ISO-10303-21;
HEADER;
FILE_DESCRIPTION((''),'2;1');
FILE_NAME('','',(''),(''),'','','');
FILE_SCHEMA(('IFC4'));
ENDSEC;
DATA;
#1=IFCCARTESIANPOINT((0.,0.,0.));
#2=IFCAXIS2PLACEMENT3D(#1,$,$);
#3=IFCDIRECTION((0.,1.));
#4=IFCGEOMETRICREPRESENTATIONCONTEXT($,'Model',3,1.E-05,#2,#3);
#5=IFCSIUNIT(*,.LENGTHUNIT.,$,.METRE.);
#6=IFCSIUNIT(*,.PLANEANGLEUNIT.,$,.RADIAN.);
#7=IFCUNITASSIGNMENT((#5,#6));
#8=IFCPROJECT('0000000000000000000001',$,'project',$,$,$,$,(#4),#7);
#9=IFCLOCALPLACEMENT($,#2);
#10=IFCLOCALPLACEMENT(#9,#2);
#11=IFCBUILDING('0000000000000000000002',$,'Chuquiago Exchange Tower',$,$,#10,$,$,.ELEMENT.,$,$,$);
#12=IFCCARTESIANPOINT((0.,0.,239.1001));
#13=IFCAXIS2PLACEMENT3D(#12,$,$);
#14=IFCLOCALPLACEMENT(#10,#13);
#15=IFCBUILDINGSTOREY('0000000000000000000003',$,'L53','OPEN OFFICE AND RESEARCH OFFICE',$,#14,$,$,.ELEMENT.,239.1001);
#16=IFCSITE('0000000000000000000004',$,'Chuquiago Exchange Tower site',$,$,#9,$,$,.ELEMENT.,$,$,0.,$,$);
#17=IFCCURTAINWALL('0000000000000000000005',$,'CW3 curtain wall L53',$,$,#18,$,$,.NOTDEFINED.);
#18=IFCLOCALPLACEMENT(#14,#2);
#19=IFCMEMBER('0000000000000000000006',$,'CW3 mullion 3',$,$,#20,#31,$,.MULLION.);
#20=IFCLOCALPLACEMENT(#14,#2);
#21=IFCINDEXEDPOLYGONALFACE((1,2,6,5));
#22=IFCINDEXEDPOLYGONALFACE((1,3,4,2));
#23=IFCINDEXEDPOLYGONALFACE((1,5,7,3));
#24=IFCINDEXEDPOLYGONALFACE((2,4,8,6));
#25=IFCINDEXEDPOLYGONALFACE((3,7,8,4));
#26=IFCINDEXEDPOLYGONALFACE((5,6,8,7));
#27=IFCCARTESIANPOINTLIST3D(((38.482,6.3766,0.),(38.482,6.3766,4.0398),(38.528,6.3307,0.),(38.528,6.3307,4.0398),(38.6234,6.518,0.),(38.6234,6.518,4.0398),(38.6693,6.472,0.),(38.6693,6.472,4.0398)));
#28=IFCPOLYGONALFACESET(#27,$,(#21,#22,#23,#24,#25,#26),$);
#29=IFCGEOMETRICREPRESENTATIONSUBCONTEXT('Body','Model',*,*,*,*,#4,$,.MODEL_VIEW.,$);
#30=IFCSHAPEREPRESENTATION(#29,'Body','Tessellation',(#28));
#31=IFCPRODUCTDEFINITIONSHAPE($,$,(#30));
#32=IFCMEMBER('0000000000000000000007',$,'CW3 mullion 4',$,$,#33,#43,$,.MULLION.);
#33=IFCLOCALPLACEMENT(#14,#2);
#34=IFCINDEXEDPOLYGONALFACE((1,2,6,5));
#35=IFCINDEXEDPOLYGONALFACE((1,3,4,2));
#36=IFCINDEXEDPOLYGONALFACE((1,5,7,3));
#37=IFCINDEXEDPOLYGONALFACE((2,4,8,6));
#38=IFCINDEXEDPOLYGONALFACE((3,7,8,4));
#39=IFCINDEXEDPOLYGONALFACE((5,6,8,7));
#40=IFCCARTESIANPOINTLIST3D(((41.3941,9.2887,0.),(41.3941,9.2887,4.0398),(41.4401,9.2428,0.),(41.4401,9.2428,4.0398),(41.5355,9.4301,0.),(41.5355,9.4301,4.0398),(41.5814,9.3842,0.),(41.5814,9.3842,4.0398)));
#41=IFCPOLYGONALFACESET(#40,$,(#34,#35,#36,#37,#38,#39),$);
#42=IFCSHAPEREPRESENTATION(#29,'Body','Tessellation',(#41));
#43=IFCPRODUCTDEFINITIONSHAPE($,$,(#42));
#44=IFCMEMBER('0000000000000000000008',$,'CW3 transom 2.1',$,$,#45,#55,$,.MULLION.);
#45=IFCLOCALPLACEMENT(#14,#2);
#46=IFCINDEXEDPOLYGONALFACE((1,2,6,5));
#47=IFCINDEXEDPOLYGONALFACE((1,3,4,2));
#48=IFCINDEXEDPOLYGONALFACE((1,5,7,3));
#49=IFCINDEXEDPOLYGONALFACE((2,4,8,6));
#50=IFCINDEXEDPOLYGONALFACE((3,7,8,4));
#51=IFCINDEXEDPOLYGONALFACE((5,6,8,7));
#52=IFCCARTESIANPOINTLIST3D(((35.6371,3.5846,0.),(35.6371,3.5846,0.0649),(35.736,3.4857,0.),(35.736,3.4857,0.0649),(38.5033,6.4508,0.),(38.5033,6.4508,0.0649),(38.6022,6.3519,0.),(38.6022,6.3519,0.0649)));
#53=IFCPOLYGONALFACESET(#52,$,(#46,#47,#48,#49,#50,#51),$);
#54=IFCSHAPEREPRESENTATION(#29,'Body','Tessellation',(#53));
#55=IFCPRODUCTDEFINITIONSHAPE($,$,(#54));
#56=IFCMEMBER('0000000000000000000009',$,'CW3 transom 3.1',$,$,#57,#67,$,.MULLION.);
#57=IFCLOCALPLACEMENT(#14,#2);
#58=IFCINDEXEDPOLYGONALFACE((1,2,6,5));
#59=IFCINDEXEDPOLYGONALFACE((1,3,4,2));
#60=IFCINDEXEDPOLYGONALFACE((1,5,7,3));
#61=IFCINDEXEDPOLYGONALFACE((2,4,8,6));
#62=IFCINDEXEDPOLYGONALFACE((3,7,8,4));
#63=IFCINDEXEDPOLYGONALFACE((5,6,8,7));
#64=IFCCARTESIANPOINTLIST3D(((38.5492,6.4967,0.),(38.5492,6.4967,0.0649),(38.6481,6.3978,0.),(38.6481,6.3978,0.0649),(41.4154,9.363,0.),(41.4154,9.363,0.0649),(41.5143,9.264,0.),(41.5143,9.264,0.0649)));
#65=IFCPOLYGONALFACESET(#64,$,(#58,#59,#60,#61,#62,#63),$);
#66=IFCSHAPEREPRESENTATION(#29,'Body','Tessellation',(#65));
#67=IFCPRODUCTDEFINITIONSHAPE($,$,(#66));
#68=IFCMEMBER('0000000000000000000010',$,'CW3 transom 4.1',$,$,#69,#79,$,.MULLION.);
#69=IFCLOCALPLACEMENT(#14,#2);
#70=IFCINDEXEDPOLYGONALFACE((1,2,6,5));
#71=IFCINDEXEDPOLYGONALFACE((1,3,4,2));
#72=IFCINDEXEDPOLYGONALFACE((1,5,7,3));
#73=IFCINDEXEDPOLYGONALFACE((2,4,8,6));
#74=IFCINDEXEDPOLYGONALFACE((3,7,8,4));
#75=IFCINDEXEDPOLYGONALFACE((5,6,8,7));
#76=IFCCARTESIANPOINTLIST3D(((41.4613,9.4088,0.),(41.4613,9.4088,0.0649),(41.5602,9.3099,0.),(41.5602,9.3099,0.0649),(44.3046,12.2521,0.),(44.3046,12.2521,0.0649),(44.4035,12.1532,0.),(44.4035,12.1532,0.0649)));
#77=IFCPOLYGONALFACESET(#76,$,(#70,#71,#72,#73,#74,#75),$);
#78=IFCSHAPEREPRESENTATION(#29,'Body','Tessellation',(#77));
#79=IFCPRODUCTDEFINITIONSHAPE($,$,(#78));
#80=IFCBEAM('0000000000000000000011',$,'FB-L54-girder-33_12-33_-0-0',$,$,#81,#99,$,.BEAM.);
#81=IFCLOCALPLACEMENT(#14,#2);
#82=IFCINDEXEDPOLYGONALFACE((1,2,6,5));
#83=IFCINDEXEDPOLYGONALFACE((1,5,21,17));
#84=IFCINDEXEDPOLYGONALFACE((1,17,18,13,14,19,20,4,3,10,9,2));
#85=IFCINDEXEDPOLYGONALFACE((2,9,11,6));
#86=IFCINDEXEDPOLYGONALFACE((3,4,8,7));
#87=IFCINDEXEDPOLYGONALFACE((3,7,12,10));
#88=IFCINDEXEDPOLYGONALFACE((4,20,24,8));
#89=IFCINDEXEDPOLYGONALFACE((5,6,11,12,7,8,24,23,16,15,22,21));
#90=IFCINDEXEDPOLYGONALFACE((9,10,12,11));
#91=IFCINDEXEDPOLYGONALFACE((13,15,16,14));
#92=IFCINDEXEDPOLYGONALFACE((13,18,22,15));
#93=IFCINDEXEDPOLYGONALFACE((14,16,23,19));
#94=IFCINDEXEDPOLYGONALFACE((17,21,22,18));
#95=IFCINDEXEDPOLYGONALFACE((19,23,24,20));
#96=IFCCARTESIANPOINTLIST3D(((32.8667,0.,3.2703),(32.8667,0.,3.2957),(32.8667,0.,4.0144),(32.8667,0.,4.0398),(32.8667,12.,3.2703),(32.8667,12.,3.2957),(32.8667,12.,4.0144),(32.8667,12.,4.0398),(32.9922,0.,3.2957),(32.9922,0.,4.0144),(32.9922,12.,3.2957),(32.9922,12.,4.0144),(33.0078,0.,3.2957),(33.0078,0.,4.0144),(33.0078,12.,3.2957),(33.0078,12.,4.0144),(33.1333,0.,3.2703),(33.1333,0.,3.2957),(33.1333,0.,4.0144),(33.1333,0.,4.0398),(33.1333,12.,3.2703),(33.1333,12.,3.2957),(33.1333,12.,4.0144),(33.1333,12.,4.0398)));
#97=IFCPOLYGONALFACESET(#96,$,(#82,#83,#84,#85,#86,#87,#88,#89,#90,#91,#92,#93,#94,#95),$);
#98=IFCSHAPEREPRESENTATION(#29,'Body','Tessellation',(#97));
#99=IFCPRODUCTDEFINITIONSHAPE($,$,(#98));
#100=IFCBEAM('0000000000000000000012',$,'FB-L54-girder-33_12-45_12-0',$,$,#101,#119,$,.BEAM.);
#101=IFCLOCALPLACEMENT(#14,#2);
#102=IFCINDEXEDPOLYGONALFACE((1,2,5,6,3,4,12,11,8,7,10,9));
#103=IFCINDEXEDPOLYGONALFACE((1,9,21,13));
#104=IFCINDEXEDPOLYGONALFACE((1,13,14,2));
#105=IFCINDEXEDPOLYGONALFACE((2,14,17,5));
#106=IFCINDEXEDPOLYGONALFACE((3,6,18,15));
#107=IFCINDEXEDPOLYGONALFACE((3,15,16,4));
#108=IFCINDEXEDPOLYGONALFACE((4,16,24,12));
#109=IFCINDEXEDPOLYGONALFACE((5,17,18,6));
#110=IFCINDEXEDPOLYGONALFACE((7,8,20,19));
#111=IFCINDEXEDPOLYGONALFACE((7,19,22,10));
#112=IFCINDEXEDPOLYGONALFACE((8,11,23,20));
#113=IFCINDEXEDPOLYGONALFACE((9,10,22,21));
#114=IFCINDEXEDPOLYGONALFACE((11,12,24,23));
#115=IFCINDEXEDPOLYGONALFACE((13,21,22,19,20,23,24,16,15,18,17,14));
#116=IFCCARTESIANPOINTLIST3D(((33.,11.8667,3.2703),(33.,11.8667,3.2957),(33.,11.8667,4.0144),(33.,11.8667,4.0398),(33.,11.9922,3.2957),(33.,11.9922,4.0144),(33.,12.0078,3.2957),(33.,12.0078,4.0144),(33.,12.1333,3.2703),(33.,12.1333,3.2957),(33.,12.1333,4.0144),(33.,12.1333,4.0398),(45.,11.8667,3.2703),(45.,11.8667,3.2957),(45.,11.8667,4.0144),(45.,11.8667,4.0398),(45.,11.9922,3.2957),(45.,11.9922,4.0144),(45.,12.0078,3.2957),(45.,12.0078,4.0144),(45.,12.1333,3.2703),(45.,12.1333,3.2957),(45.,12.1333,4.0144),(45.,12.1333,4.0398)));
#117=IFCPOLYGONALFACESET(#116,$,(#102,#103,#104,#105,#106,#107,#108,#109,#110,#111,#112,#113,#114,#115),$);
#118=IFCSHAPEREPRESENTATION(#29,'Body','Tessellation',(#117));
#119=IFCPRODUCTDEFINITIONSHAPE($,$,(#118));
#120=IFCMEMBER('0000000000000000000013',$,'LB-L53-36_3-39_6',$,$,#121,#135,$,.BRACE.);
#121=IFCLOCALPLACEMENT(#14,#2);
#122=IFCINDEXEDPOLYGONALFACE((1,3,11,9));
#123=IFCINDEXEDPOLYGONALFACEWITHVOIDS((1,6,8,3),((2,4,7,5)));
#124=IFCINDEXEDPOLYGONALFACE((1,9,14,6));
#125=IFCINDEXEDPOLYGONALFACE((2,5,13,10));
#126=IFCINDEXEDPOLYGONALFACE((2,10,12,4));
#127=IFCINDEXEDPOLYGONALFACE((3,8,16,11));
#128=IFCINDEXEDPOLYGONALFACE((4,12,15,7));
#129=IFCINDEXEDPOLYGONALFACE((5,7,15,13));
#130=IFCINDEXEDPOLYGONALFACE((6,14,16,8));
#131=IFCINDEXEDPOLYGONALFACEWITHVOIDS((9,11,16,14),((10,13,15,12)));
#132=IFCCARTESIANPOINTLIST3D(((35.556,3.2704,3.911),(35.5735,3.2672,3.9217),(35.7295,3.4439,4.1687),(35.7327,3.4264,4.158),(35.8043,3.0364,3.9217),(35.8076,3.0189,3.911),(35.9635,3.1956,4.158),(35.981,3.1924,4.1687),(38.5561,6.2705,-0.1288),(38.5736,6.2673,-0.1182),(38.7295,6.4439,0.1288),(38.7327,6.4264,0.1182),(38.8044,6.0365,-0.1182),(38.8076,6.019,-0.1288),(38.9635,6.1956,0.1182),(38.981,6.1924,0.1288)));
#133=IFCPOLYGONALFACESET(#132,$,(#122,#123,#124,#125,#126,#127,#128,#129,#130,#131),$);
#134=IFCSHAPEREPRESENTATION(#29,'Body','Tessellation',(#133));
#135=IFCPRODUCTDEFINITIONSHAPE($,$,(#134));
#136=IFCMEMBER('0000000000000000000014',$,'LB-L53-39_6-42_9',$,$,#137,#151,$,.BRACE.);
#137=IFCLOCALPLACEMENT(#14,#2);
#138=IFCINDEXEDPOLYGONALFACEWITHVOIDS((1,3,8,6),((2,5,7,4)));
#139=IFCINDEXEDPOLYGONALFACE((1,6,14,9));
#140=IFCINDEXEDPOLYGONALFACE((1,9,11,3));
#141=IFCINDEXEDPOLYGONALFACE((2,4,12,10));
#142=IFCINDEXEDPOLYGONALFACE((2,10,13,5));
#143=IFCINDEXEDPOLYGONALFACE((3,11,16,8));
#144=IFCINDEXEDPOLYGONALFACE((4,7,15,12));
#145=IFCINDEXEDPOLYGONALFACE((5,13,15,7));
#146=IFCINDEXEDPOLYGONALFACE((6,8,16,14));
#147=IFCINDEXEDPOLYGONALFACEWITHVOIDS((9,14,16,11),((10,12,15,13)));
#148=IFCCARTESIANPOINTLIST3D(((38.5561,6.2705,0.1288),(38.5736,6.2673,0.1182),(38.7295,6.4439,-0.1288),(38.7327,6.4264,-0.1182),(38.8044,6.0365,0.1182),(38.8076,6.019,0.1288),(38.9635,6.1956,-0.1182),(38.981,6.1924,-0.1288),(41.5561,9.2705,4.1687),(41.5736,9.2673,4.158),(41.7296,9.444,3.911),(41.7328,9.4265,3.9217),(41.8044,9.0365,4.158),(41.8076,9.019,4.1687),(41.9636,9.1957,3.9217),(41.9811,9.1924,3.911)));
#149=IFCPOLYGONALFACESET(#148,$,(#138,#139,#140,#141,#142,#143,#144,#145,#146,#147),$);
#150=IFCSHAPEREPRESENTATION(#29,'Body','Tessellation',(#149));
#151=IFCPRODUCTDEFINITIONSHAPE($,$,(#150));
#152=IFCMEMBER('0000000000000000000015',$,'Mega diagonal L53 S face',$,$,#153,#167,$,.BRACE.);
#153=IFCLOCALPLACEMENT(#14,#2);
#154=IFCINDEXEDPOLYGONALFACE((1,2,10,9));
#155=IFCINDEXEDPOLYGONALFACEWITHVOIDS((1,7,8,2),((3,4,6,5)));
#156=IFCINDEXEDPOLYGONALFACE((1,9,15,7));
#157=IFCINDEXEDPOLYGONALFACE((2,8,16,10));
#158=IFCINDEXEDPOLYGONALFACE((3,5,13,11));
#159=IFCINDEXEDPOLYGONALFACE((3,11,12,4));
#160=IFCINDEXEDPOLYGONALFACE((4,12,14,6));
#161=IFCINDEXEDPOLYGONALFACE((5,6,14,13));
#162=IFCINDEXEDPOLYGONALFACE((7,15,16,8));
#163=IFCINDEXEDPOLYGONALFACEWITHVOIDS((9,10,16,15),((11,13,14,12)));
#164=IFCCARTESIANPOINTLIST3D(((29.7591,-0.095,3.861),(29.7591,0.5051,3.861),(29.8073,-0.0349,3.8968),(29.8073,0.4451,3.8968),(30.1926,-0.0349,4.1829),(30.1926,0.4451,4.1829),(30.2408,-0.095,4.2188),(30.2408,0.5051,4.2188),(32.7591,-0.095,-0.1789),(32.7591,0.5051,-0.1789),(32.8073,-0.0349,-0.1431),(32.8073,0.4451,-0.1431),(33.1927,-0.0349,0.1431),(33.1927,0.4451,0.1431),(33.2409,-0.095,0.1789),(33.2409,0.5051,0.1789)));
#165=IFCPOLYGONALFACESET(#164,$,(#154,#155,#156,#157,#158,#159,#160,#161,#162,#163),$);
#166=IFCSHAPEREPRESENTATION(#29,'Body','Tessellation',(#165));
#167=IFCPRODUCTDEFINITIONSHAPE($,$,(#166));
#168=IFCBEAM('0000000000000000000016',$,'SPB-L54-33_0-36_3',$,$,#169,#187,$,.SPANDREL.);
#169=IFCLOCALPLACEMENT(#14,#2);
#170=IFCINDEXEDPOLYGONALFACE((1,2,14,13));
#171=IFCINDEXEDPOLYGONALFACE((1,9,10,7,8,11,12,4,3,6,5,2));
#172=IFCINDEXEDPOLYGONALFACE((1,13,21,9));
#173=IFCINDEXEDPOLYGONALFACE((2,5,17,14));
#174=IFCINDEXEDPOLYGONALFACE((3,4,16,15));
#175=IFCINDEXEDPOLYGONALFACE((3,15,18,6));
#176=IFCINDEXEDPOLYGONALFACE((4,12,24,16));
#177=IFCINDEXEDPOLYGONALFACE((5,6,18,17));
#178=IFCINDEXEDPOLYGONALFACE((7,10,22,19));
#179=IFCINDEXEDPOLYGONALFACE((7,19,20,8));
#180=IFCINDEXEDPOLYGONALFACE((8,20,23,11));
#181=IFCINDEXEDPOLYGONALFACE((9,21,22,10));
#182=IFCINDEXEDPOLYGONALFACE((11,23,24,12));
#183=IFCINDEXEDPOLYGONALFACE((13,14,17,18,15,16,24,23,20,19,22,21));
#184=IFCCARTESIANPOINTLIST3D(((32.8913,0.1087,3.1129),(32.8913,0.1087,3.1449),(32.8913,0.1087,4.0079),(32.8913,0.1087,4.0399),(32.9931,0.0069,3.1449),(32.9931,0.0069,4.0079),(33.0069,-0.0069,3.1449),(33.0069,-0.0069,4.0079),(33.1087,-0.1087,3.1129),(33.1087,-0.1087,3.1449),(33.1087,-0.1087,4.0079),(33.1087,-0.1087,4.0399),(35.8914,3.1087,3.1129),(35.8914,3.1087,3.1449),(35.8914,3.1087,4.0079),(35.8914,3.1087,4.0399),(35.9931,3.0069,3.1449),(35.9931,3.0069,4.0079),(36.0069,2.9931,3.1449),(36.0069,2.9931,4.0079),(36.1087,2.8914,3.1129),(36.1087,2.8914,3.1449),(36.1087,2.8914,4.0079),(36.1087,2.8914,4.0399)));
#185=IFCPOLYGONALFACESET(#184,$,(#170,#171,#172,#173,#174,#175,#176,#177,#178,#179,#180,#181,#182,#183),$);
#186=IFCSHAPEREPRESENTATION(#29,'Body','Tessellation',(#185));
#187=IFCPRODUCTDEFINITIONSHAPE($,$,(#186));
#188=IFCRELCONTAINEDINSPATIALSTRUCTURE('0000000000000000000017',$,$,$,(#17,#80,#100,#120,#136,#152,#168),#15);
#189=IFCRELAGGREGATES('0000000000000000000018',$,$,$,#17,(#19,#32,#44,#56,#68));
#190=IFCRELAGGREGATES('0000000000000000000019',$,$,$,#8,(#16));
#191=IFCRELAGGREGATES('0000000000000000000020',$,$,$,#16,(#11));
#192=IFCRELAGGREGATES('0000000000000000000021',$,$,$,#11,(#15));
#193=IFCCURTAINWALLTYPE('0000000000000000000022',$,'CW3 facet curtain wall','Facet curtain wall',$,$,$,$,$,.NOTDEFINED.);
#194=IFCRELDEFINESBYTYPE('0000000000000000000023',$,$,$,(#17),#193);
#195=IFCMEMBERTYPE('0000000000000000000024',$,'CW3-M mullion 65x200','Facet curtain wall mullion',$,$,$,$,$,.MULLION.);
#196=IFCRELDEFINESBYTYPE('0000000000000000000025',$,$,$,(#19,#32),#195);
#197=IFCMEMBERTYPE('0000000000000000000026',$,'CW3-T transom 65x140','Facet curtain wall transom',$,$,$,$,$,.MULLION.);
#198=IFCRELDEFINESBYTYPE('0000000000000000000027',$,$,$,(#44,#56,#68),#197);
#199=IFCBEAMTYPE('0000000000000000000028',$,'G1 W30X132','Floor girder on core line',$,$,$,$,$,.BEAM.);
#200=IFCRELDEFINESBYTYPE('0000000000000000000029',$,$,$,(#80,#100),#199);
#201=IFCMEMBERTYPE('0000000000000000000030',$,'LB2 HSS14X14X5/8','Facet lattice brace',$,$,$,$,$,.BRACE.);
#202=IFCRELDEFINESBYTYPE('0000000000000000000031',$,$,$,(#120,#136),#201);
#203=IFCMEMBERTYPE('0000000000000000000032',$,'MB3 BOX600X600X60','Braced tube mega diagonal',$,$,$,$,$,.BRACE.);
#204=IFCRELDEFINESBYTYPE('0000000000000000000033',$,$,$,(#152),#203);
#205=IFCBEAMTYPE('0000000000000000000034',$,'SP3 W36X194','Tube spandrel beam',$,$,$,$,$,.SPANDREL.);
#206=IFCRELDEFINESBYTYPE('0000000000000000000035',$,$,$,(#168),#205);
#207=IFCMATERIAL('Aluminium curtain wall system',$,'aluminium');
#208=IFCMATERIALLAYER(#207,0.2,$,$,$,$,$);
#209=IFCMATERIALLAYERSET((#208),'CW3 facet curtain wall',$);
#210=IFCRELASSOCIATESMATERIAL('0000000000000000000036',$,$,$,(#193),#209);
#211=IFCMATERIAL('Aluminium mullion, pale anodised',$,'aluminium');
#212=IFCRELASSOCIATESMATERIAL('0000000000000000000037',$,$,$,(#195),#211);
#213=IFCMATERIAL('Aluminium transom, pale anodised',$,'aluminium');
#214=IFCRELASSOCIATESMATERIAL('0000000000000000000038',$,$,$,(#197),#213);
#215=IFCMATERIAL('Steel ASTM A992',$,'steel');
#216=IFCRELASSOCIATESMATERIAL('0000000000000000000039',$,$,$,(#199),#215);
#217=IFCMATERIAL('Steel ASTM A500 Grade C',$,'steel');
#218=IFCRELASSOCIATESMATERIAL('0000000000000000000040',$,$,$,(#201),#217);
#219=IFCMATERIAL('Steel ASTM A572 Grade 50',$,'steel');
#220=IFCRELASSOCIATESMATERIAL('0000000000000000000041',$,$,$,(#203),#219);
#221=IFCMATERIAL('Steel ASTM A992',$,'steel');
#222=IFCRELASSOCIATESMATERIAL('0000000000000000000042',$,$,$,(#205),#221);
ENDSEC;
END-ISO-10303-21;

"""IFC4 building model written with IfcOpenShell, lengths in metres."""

from ifc_helpers import new_model, si_unit, direction, frame, origin, origin_2d, place, context, subcontext, project, spatial, rectangle, hollow_rectangle, i_section, extrude, material, layer, layer_set, material_profile, profile_set, type_object, element, aggregate, save


model = new_model("IFC4")

# Units and contexts
model_context = context("Model", 3, precision=1e-05, world=origin(), true_north=direction((0.0, 1.0)))
body_context = subcontext(model_context, "Body", "Model", "MODEL_VIEW")
ifc_project = project(units=[si_unit("LENGTHUNIT", "METRE"), si_unit("PLANEANGLEUNIT", "RADIAN")], contexts=[model_context])

# Site, building, storey
site_placement = place(None, origin())
site = spatial("IfcSite", under=ifc_project, at=site_placement, Name="Chuquiago Exchange Tower site", CompositionType="ELEMENT", RefElevation=0.0)
building_placement = place(site_placement, origin())
building = spatial("IfcBuilding", under=site, at=building_placement, Name="Chuquiago Exchange Tower", CompositionType="ELEMENT")
storey_placement = place(building_placement, frame((0.0, 0.0, 239.1001)))
storey = spatial("IfcBuildingStorey", under=building, at=storey_placement, Name="L53", Description="OPEN OFFICE AND RESEARCH OFFICE", CompositionType="ELEMENT", Elevation=239.1001)

# Curtain wall, members
ifc_material_1 = material(Name="Aluminium curtain wall system", Category="aluminium")
ifc_layer_1 = layer(ifc_material_1, 0.2)
ifc_layer_set_1 = layer_set([ifc_layer_1], Name="CW3 facet curtain wall")
curtain_wall_type = type_object("IfcCurtainWallType", Name="CW3 facet curtain wall", Description="Facet curtain wall", PredefinedType="NOTDEFINED", material=ifc_layer_set_1)
curtain_wall_placement = place(storey_placement, origin())
curtain_wall = element("IfcCurtainWall", 1, at=curtain_wall_placement, inside=storey, type_object=curtain_wall_type, Name="CW3 curtain wall L53", PredefinedType="NOTDEFINED")
ifc_material_2 = material(Name="Aluminium mullion, pale anodised", Category="aluminium")
ifc_material_profile_1 = material_profile(ifc_material_2, rectangle(XDim=0.0649, YDim=0.2, at=origin_2d()), Name="AL 65x200")
ifc_profile_set_1 = profile_set([ifc_material_profile_1], Name="Aluminium mullion, pale anodised")
member_type_1 = type_object("IfcMemberType", Name="CW3-M mullion 65x200", Description="Facet curtain wall mullion", PredefinedType="MULLION", material=ifc_profile_set_1)
member_1_placement = place(storey_placement, frame((38.5757, 6.4243, 0.0), z_axis=(0.0, 0.0, 1.0), x_axis=(-0.707107, 0.707107, 0.0)))
member_1 = element("IfcMember", 2, at=member_1_placement, type_object=member_type_1, Name="CW3 mullion 3", PredefinedType="MULLION", context=body_context, shape_type="SweptSolid", body=[
    extrude(rectangle(XDim=0.0649, YDim=0.2, at=origin_2d()), origin(), (0.0, 0.0, 1.0), 4.0398),
])
member_2_placement = place(storey_placement, frame((41.4878, 9.3364, 0.0), z_axis=(0.0, 0.0, 1.0), x_axis=(-0.707107, 0.707107, 0.0)))
member_2 = element("IfcMember", 3, at=member_2_placement, type_object=member_type_1, Name="CW3 mullion 4", PredefinedType="MULLION", context=body_context, shape_type="SweptSolid", body=[
    extrude(rectangle(XDim=0.0649, YDim=0.2, at=origin_2d()), origin(), (0.0, 0.0, 1.0), 4.0398),
])
ifc_material_3 = material(Name="Aluminium transom, pale anodised", Category="aluminium")
ifc_material_profile_2 = material_profile(ifc_material_3, rectangle(XDim=0.1399, YDim=0.0649, at=origin_2d()), Name="AL 140x65")
ifc_profile_set_2 = profile_set([ifc_material_profile_2], Name="Aluminium transom, pale anodised")
member_type_2 = type_object("IfcMemberType", Name="CW3-T transom 65x140", Description="Facet curtain wall transom", PredefinedType="MULLION", material=ifc_profile_set_2)
member_3_placement = place(storey_placement, frame((35.6865, 3.5352, 0.0325), z_axis=(0.707107, 0.707107, 0.0), x_axis=(-0.707107, 0.707107, 0.0)))
member_3 = element("IfcMember", 4, at=member_3_placement, type_object=member_type_2, Name="CW3 transom 2.1", PredefinedType="MULLION", context=body_context, shape_type="SweptSolid", body=[
    extrude(rectangle(XDim=0.1399, YDim=0.0649, at=origin_2d()), origin(), (0.0, 0.0, 1.0), 4.0535),
])
member_4_placement = place(storey_placement, frame((38.5986, 6.4473, 0.0325), z_axis=(0.707107, 0.707107, 0.0), x_axis=(-0.707107, 0.707107, 0.0)))
member_4 = element("IfcMember", 5, at=member_4_placement, type_object=member_type_2, Name="CW3 transom 3.1", PredefinedType="MULLION", context=body_context, shape_type="SweptSolid", body=[
    extrude(rectangle(XDim=0.1399, YDim=0.0649, at=origin_2d()), origin(), (0.0, 0.0, 1.0), 4.0535),
])
member_5_placement = place(storey_placement, frame((41.5107, 9.3594, 0.0325), z_axis=(0.707107, 0.707107, 0.0), x_axis=(-0.707107, 0.707107, 0.0)))
member_5 = element("IfcMember", 6, at=member_5_placement, type_object=member_type_2, Name="CW3 transom 4.1", PredefinedType="MULLION", context=body_context, shape_type="SweptSolid", body=[
    extrude(rectangle(XDim=0.1399, YDim=0.0649, at=origin_2d()), origin(), (0.0, 0.0, 1.0), 4.021),
])

# Beams
ifc_material_4 = material(Name="Steel ASTM A992", Category="steel")
ifc_material_profile_3 = material_profile(ifc_material_4, i_section(OverallWidth=0.2666, OverallDepth=0.7695, WebThickness=0.0156, FlangeThickness=0.0254, at=origin_2d()), Name="W30X132")
ifc_profile_set_3 = profile_set([ifc_material_profile_3], Name="Steel ASTM A992")
beam_type_1 = type_object("IfcBeamType", Name="G1 W30X132", Description="Floor girder on core line", PredefinedType="BEAM", material=ifc_profile_set_3)
for number, where, z_axis, x_axis, name in (
    (7, (33.0, 12.0, 3.655), (0.0, -1.0, 0.0), (1.0, 0.0, 0.0), "FB-L54-girder-33_12-33_-0-0"),
    (8, (33.0, 12.0, 3.655), (1.0, 0.0, 0.0), (0.0, 1.0, 0.0), "FB-L54-girder-33_12-45_12-0"),
):
    element("IfcBeam", number, at=place(storey_placement, frame(where, z_axis=z_axis, x_axis=x_axis)), inside=storey, type_object=beam_type_1, Name=name, PredefinedType="BEAM", context=body_context, shape_type="SweptSolid", body=[
        extrude(i_section(OverallWidth=0.2666, OverallDepth=0.7695, WebThickness=0.0156, FlangeThickness=0.0254, at=origin_2d()), origin(), (0.0, 0.0, 1.0), 12.0),
    ])

# Members
ifc_material_5 = material(Name="Steel ASTM A500 Grade C", Category="steel")
ifc_material_profile_4 = material_profile(ifc_material_5, hollow_rectangle(XDim=0.3557, YDim=0.3557, WallThickness=0.0146, at=origin_2d()), Name="HSS14X14X5/8")
ifc_profile_set_4 = profile_set([ifc_material_profile_4], Name="Steel ASTM A500 Grade C")
member_type_3 = type_object("IfcMemberType", Name="LB2 HSS14X14X5/8", Description="Facet lattice brace", PredefinedType="BRACE", material=ifc_profile_set_4)
for number, where, z_axis, x_axis, name in (
    (9, (38.7686, 6.2314, 0.0), (-0.512092, -0.512092, 0.689582), (0.707107, -0.707107, 0.0), "LB-L53-36_3-39_6"),
    (10, (38.7686, 6.2314, 0.0), (0.512092, 0.512092, 0.689582), (-0.707107, 0.707107, 0.0), "LB-L53-39_6-42_9"),
):
    element("IfcMember", number, at=place(storey_placement, frame(where, z_axis=z_axis, x_axis=x_axis)), inside=storey, type_object=member_type_3, Name=name, PredefinedType="BRACE", context=body_context, shape_type="SweptSolid", body=[
        extrude(hollow_rectangle(XDim=0.3557, YDim=0.3557, WallThickness=0.0146, at=origin_2d()), origin(), (0.0, 0.0, 1.0), 5.8584),
    ])
ifc_material_6 = material(Name="Steel ASTM A572 Grade 50", Category="steel")
ifc_material_profile_5 = material_profile(ifc_material_6, hollow_rectangle(XDim=0.6001, YDim=0.6001, WallThickness=0.0601, at=origin_2d()), Name="BOX600X600X60")
ifc_profile_set_5 = profile_set([ifc_material_profile_5], Name="Steel ASTM A572 Grade 50")
member_type_4 = type_object("IfcMemberType", Name="MB3 BOX600X600X60", Description="Braced tube mega diagonal", PredefinedType="BRACE", material=ifc_profile_set_5)
member_6_placement = place(storey_placement, frame((33.0, 0.2051, 0.0), z_axis=(-0.596197, 0.0, 0.802838), x_axis=(0.0, -1.0, 0.0)))
element("IfcMember", 11, at=member_6_placement, inside=storey, type_object=member_type_4, Name="Mega diagonal L53 S face", PredefinedType="BRACE", context=body_context, shape_type="SweptSolid", body=[
    extrude(hollow_rectangle(XDim=0.6001, YDim=0.6001, WallThickness=0.0601, at=origin_2d()), origin(), (0.0, 0.0, 1.0), 5.032),
])

# Beam
ifc_material_7 = material(Name="Steel ASTM A992", Category="steel")
ifc_material_profile_6 = material_profile(ifc_material_7, i_section(OverallWidth=0.3074, OverallDepth=0.927, WebThickness=0.0195, FlangeThickness=0.032, at=origin_2d()), Name="W36X194")
ifc_profile_set_6 = profile_set([ifc_material_profile_6], Name="Steel ASTM A992")
beam_type_2 = type_object("IfcBeamType", Name="SP3 W36X194", Description="Tube spandrel beam", PredefinedType="SPANDREL", material=ifc_profile_set_6)
for number, where, z_axis, x_axis, name in (
    (12, (33.0, 0.0, 3.5764), (0.707107, 0.707107, 0.0), (-0.707107, 0.707107, 0.0), "SPB-L54-33_0-36_3"),
):
    element("IfcBeam", number, at=place(storey_placement, frame(where, z_axis=z_axis, x_axis=x_axis)), inside=storey, type_object=beam_type_2, Name=name, PredefinedType="SPANDREL", context=body_context, shape_type="SweptSolid", body=[
        extrude(i_section(OverallWidth=0.3074, OverallDepth=0.927, WebThickness=0.0195, FlangeThickness=0.032, at=origin_2d()), origin(), (0.0, 0.0, 1.0), 4.2427),
    ])

aggregate(curtain_wall, [member_1, member_2, member_3, member_4, member_5])

save(model, "model.ifc")
